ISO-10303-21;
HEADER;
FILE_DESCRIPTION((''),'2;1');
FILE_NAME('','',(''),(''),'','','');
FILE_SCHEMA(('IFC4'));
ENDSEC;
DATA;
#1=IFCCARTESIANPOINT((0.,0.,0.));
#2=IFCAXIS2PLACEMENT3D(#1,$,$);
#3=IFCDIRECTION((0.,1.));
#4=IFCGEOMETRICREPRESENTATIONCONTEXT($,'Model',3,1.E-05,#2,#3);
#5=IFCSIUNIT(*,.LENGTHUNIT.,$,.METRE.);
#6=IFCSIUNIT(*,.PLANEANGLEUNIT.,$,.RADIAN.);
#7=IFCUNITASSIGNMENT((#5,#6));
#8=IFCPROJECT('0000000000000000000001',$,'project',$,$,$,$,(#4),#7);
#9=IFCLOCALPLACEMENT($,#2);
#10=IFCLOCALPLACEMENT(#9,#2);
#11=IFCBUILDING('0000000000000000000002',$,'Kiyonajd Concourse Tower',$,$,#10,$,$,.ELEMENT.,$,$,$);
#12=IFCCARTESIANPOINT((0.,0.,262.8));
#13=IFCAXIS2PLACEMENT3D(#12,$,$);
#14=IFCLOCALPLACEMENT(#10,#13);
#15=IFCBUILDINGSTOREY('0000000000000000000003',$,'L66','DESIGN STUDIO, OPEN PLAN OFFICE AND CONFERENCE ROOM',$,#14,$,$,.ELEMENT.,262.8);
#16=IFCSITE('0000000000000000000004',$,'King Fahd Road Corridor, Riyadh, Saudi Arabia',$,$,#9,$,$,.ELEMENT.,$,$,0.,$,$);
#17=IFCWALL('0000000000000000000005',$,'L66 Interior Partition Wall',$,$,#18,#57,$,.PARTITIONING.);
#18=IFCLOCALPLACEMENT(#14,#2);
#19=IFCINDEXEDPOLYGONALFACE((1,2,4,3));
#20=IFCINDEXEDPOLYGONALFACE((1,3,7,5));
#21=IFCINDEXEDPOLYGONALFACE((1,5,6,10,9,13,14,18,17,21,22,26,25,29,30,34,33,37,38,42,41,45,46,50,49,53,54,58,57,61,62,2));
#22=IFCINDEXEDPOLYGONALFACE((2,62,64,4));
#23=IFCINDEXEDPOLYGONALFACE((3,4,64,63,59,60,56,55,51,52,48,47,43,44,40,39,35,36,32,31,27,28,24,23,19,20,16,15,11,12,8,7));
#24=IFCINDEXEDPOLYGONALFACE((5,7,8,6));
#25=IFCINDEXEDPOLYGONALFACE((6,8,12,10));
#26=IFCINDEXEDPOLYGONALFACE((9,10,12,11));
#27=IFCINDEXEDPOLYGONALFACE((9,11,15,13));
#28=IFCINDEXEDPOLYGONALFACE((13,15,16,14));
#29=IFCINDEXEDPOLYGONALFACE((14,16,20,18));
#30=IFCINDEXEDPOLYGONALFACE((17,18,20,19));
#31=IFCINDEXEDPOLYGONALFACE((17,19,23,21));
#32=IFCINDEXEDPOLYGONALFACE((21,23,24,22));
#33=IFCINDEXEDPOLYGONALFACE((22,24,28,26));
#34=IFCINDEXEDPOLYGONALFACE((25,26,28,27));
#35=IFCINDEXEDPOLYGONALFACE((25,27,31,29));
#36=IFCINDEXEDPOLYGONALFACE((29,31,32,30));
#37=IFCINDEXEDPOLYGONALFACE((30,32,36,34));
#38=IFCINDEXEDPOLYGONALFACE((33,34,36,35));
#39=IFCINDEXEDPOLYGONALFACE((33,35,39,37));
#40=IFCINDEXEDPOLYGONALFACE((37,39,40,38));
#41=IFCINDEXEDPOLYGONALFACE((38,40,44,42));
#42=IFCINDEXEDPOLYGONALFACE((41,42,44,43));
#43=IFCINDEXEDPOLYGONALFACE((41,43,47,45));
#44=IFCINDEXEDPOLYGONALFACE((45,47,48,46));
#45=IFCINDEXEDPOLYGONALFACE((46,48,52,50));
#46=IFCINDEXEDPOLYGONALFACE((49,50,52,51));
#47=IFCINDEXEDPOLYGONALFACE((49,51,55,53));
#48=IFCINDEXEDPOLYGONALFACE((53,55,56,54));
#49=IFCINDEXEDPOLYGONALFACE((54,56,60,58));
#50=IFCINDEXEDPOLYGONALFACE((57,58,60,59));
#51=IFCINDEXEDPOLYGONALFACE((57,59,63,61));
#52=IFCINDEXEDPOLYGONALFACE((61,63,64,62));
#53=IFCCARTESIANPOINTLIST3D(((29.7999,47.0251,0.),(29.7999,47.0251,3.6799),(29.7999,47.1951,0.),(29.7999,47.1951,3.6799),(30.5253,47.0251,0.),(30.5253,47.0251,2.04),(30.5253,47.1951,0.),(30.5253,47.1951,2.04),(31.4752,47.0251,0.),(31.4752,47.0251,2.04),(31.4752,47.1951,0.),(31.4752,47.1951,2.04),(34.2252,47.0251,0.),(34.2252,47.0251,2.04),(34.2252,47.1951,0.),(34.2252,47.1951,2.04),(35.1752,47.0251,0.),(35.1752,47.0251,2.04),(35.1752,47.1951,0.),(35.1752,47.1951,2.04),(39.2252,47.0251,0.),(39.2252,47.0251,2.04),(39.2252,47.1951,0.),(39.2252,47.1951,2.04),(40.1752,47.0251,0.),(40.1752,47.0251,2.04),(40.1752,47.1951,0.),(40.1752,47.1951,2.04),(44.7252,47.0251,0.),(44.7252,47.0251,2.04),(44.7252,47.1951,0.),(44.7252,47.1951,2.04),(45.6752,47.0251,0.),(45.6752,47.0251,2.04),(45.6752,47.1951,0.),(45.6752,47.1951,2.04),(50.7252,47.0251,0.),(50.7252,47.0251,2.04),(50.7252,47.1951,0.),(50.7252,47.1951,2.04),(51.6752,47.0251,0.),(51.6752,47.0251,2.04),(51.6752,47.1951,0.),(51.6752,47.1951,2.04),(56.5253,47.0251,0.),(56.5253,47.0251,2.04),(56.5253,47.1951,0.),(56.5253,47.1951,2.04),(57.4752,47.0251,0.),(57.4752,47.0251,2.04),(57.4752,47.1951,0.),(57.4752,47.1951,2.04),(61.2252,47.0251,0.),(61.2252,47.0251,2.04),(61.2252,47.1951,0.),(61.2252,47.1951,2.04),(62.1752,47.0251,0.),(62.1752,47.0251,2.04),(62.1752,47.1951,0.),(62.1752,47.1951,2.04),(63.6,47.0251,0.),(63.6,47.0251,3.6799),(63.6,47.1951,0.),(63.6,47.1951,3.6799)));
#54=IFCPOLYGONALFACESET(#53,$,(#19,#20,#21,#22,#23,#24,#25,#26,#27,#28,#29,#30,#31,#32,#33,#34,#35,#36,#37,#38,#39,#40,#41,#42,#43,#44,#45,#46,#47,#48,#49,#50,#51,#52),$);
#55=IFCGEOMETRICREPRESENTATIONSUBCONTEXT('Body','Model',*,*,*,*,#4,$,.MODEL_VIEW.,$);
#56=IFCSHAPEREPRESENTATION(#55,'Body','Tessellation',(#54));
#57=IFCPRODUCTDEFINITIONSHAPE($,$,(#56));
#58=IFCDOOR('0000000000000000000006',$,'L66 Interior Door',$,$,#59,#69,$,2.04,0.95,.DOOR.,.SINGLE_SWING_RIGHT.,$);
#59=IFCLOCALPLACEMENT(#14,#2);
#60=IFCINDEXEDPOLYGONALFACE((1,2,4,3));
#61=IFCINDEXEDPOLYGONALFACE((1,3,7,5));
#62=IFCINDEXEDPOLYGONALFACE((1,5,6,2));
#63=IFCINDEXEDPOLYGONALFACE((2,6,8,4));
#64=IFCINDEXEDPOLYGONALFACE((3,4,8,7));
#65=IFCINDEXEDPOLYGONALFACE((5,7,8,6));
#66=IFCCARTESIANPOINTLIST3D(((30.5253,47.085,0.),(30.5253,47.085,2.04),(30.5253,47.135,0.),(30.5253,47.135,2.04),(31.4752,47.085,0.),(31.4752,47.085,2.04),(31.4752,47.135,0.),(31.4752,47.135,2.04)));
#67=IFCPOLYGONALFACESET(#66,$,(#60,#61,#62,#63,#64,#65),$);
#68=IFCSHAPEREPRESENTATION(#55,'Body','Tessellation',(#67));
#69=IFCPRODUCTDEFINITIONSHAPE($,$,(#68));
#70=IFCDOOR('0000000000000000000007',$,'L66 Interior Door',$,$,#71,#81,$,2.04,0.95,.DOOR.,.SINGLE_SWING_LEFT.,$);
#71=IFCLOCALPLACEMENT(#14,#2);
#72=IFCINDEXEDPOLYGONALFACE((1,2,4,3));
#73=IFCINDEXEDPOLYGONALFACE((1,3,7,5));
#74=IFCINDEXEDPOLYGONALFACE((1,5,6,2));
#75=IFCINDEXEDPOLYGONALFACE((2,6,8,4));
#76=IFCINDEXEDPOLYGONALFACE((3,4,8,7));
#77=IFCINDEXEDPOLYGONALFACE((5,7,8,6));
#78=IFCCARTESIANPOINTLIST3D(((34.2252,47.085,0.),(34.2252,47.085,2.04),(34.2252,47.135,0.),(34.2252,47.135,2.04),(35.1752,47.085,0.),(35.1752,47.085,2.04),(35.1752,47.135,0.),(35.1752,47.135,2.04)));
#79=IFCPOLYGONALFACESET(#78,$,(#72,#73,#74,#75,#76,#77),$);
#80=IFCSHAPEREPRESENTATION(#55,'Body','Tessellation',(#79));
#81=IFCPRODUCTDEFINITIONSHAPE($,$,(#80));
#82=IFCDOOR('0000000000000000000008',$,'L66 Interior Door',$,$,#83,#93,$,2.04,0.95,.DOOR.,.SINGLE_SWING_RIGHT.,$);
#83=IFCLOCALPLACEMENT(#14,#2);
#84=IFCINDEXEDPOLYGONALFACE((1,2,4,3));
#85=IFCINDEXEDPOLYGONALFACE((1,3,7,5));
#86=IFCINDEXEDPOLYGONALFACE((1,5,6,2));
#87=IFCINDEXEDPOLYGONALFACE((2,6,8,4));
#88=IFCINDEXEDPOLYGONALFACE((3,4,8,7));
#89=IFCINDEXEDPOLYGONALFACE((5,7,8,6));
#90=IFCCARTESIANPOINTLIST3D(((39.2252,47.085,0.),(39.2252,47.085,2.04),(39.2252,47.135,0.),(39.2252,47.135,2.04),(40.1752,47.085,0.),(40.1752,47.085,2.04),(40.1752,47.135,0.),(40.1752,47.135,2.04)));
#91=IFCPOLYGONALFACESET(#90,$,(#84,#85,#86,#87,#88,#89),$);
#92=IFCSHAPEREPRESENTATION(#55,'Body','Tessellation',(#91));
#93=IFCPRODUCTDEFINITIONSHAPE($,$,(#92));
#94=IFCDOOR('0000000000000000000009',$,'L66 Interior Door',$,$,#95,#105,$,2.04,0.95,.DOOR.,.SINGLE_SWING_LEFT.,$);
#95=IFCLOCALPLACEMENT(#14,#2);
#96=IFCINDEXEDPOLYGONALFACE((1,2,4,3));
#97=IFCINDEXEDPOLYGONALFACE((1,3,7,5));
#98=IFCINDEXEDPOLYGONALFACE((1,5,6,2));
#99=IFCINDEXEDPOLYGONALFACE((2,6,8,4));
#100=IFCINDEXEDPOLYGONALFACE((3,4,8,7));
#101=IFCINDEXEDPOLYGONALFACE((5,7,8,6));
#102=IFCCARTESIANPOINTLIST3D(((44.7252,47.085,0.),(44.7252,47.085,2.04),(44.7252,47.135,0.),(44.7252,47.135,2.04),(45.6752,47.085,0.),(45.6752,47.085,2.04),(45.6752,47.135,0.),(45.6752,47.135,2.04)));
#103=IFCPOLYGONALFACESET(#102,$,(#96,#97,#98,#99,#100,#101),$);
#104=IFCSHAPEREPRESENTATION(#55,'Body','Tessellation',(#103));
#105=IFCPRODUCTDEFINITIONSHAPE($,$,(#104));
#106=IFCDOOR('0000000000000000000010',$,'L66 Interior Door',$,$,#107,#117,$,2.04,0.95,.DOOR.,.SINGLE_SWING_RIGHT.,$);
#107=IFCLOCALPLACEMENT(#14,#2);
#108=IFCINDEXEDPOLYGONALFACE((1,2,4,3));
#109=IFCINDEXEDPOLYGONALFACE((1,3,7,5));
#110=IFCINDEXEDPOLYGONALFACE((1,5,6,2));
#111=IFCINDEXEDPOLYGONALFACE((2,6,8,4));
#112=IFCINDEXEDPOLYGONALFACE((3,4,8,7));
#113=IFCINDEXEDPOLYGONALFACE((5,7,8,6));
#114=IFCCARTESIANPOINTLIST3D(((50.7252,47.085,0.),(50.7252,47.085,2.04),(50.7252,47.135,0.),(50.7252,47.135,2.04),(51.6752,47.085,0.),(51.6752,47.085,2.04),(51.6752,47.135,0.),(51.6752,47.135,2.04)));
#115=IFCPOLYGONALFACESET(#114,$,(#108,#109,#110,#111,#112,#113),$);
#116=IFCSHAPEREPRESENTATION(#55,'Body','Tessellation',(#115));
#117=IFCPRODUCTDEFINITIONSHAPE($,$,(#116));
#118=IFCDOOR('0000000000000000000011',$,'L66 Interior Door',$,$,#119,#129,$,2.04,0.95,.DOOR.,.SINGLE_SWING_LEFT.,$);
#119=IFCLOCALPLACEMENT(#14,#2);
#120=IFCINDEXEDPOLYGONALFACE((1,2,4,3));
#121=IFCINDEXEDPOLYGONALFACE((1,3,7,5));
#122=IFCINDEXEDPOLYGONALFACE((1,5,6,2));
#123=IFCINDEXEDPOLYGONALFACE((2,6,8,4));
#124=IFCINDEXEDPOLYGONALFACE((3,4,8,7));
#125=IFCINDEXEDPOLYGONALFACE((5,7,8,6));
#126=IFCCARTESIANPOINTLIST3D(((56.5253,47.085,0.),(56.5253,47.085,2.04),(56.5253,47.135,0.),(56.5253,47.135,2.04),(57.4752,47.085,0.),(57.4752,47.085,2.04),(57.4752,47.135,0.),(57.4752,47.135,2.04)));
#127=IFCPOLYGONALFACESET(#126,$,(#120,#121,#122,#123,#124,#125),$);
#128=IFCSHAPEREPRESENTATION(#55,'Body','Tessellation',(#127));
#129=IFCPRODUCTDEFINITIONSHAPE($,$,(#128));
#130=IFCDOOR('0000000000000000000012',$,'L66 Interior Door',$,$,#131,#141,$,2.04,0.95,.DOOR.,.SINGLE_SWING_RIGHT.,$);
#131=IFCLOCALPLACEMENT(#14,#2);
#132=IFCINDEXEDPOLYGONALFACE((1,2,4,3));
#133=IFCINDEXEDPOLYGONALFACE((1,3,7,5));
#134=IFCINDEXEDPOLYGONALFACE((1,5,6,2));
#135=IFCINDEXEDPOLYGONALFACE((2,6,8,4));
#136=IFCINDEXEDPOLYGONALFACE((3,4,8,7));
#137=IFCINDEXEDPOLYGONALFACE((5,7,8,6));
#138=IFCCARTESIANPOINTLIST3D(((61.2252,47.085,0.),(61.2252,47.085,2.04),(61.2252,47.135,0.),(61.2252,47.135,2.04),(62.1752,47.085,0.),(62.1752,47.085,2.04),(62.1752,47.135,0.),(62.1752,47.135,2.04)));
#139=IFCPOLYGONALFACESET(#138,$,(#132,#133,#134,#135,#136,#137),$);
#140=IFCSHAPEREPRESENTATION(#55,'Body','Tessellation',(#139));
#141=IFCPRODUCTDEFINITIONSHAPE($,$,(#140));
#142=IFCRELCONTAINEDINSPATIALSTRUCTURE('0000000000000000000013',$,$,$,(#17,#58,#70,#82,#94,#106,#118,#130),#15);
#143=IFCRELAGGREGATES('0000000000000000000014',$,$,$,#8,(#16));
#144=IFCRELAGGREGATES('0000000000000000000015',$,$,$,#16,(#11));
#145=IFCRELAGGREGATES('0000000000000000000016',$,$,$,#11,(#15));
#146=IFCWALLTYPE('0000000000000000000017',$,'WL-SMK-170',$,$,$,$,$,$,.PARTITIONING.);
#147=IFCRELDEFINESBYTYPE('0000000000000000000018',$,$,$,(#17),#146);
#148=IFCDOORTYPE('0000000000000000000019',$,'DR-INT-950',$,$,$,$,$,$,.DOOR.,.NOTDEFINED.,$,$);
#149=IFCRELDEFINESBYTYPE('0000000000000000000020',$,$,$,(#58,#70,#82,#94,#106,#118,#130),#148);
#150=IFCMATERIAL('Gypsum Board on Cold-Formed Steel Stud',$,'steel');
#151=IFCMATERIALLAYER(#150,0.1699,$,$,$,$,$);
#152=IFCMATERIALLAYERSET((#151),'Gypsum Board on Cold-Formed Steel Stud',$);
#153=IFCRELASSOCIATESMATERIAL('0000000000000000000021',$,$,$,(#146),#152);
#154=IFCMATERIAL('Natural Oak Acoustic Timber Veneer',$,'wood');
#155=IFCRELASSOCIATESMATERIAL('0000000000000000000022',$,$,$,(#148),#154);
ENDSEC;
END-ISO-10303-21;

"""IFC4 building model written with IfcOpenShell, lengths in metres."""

from ifc_helpers import new_model, si_unit, direction, frame, frame_2d, origin, place, context, subcontext, project, spatial, rectangle, extrude, material, layer, layer_set, type_object, element, fill, save


model = new_model("IFC4")

# Units and contexts
model_context = context("Model", 3, precision=1e-05, world=origin(), true_north=direction((0.0, 1.0)))
body_context = subcontext(model_context, "Body", "Model", "MODEL_VIEW")
ifc_project = project(units=[si_unit("LENGTHUNIT", "METRE"), si_unit("PLANEANGLEUNIT", "RADIAN")], contexts=[model_context])

# Site, building, storey
site_placement = place(None, origin())
site = spatial("IfcSite", under=ifc_project, at=site_placement, Name="King Fahd Road Corridor, Riyadh, Saudi Arabia", CompositionType="ELEMENT", RefElevation=0.0)
building_placement = place(site_placement, origin())
building = spatial("IfcBuilding", under=site, at=building_placement, Name="Kiyonajd Concourse Tower", CompositionType="ELEMENT")
storey_placement = place(building_placement, frame((0.0, 0.0, 262.8)))
storey = spatial("IfcBuildingStorey", under=building, at=storey_placement, Name="L66", Description="DESIGN STUDIO, OPEN PLAN OFFICE AND CONFERENCE ROOM", CompositionType="ELEMENT", Elevation=262.8)

# Shared definitions
ifc_material_1 = material(Name="Gypsum Board on Cold-Formed Steel Stud", Category="steel")

# Wall, openings, doors
ifc_layer_1 = layer(ifc_material_1, 0.1699)
ifc_layer_set_1 = layer_set([ifc_layer_1], Name="Gypsum Board on Cold-Formed Steel Stud")
wall_type_1 = type_object("IfcWallType", Name="WL-SMK-170", PredefinedType="PARTITIONING", material=ifc_layer_set_1)
wall_1_placement = place(storey_placement, frame((29.8, 47.1101, 0.0), z_axis=(0.0, 0.0, 1.0), x_axis=(1.0, 0.0, 0.0)))
wall_1 = element("IfcWall", 1, at=wall_1_placement, inside=storey, type_object=wall_type_1, Name="L66 Interior Partition Wall", PredefinedType="PARTITIONING", context=body_context, shape_type="SweptSolid", body=[
    extrude(rectangle(XDim=33.8, YDim=0.1699, at=frame_2d((16.8999, 0.0))), origin(), (0.0, 0.0, 1.0), 3.6799),
])
opening_1_placement = place(wall_1_placement, frame((0.7251, 0.0, 0.0)))
opening_1 = element("IfcOpeningElement", 2, at=opening_1_placement, cuts=wall_1, PredefinedType="OPENING", context=body_context, shape_type="SweptSolid", body=[
    extrude(rectangle(XDim=0.95, YDim=2.04, at=frame_2d((0.4751, 1.02))), frame((0.0, 0.095, 0.0), z_axis=(0.0, -1.0, 0.0), x_axis=(1.0, 0.0, 0.0)), (0.0, 0.0, 1.0), 0.1899),
])
opening_2_placement = place(wall_1_placement, frame((4.425, 0.0, 0.0)))
opening_2 = element("IfcOpeningElement", 3, at=opening_2_placement, cuts=wall_1, PredefinedType="OPENING", context=body_context, shape_type="SweptSolid", body=[
    extrude(rectangle(XDim=0.95, YDim=2.04, at=frame_2d((0.4751, 1.02))), frame((0.0, 0.095, 0.0), z_axis=(0.0, -1.0, 0.0), x_axis=(1.0, 0.0, 0.0)), (0.0, 0.0, 1.0), 0.1899),
])
opening_3_placement = place(wall_1_placement, frame((9.425, 0.0, 0.0)))
opening_3 = element("IfcOpeningElement", 4, at=opening_3_placement, cuts=wall_1, PredefinedType="OPENING", context=body_context, shape_type="SweptSolid", body=[
    extrude(rectangle(XDim=0.95, YDim=2.04, at=frame_2d((0.4751, 1.02))), frame((0.0, 0.095, 0.0), z_axis=(0.0, -1.0, 0.0), x_axis=(1.0, 0.0, 0.0)), (0.0, 0.0, 1.0), 0.1899),
])
opening_4_placement = place(wall_1_placement, frame((14.925, 0.0, 0.0)))
opening_4 = element("IfcOpeningElement", 5, at=opening_4_placement, cuts=wall_1, PredefinedType="OPENING", context=body_context, shape_type="SweptSolid", body=[
    extrude(rectangle(XDim=0.95, YDim=2.04, at=frame_2d((0.4751, 1.02))), frame((0.0, 0.095, 0.0), z_axis=(0.0, -1.0, 0.0), x_axis=(1.0, 0.0, 0.0)), (0.0, 0.0, 1.0), 0.1899),
])
opening_5_placement = place(wall_1_placement, frame((20.925, 0.0, 0.0)))
opening_5 = element("IfcOpeningElement", 6, at=opening_5_placement, cuts=wall_1, PredefinedType="OPENING", context=body_context, shape_type="SweptSolid", body=[
    extrude(rectangle(XDim=0.95, YDim=2.04, at=frame_2d((0.4751, 1.02))), frame((0.0, 0.095, 0.0), z_axis=(0.0, -1.0, 0.0), x_axis=(1.0, 0.0, 0.0)), (0.0, 0.0, 1.0), 0.1899),
])
opening_6_placement = place(wall_1_placement, frame((26.7251, 0.0, 0.0)))
opening_6 = element("IfcOpeningElement", 7, at=opening_6_placement, cuts=wall_1, PredefinedType="OPENING", context=body_context, shape_type="SweptSolid", body=[
    extrude(rectangle(XDim=0.95, YDim=2.04, at=frame_2d((0.4751, 1.02))), frame((0.0, 0.095, 0.0), z_axis=(0.0, -1.0, 0.0), x_axis=(1.0, 0.0, 0.0)), (0.0, 0.0, 1.0), 0.1899),
])
opening_7_placement = place(wall_1_placement, frame((31.425, 0.0, 0.0)))
opening_7 = element("IfcOpeningElement", 8, at=opening_7_placement, cuts=wall_1, PredefinedType="OPENING", context=body_context, shape_type="SweptSolid", body=[
    extrude(rectangle(XDim=0.95, YDim=2.04, at=frame_2d((0.4751, 1.02))), frame((0.0, 0.095, 0.0), z_axis=(0.0, -1.0, 0.0), x_axis=(1.0, 0.0, 0.0)), (0.0, 0.0, 1.0), 0.1899),
])
ifc_material_2 = material(Name="Natural Oak Acoustic Timber Veneer", Category="wood")
door_type = type_object("IfcDoorType", Name="DR-INT-950", OperationType="NOTDEFINED", PredefinedType="DOOR", material=ifc_material_2)
door_1_placement = place(opening_1_placement, origin())
door_1 = element("IfcDoor", 9, at=door_1_placement, inside=storey, type_object=door_type, Name="L66 Interior Door", OperationType="SINGLE_SWING_RIGHT", OverallHeight=2.04, OverallWidth=0.95, PredefinedType="DOOR", context=body_context, shape_type="SweptSolid", body=[
    extrude(rectangle(XDim=0.95, YDim=2.04, at=frame_2d((0.4751, 1.02))), frame((0.0, 0.0249, 0.0), z_axis=(0.0, -1.0, 0.0), x_axis=(1.0, 0.0, 0.0)), (0.0, 0.0, 1.0), 0.05),
])
fill(opening_1, door_1)
door_2_placement = place(opening_2_placement, origin())
door_2 = element("IfcDoor", 10, at=door_2_placement, inside=storey, type_object=door_type, Name="L66 Interior Door", OperationType="SINGLE_SWING_LEFT", OverallHeight=2.04, OverallWidth=0.95, PredefinedType="DOOR", context=body_context, shape_type="SweptSolid", body=[
    extrude(rectangle(XDim=0.95, YDim=2.04, at=frame_2d((0.4751, 1.02))), frame((0.0, 0.0249, 0.0), z_axis=(0.0, -1.0, 0.0), x_axis=(1.0, 0.0, 0.0)), (0.0, 0.0, 1.0), 0.05),
])
fill(opening_2, door_2)
door_3_placement = place(opening_3_placement, origin())
door_3 = element("IfcDoor", 11, at=door_3_placement, inside=storey, type_object=door_type, Name="L66 Interior Door", OperationType="SINGLE_SWING_RIGHT", OverallHeight=2.04, OverallWidth=0.95, PredefinedType="DOOR", context=body_context, shape_type="SweptSolid", body=[
    extrude(rectangle(XDim=0.95, YDim=2.04, at=frame_2d((0.4751, 1.02))), frame((0.0, 0.0249, 0.0), z_axis=(0.0, -1.0, 0.0), x_axis=(1.0, 0.0, 0.0)), (0.0, 0.0, 1.0), 0.05),
])
fill(opening_3, door_3)
door_4_placement = place(opening_4_placement, origin())
door_4 = element("IfcDoor", 12, at=door_4_placement, inside=storey, type_object=door_type, Name="L66 Interior Door", OperationType="SINGLE_SWING_LEFT", OverallHeight=2.04, OverallWidth=0.95, PredefinedType="DOOR", context=body_context, shape_type="SweptSolid", body=[
    extrude(rectangle(XDim=0.95, YDim=2.04, at=frame_2d((0.4751, 1.02))), frame((0.0, 0.0249, 0.0), z_axis=(0.0, -1.0, 0.0), x_axis=(1.0, 0.0, 0.0)), (0.0, 0.0, 1.0), 0.05),
])
fill(opening_4, door_4)
door_5_placement = place(opening_5_placement, origin())
door_5 = element("IfcDoor", 13, at=door_5_placement, inside=storey, type_object=door_type, Name="L66 Interior Door", OperationType="SINGLE_SWING_RIGHT", OverallHeight=2.04, OverallWidth=0.95, PredefinedType="DOOR", context=body_context, shape_type="SweptSolid", body=[
    extrude(rectangle(XDim=0.95, YDim=2.04, at=frame_2d((0.4751, 1.02))), frame((0.0, 0.0249, 0.0), z_axis=(0.0, -1.0, 0.0), x_axis=(1.0, 0.0, 0.0)), (0.0, 0.0, 1.0), 0.05),
])
fill(opening_5, door_5)
door_6_placement = place(opening_6_placement, origin())
door_6 = element("IfcDoor", 14, at=door_6_placement, inside=storey, type_object=door_type, Name="L66 Interior Door", OperationType="SINGLE_SWING_LEFT", OverallHeight=2.04, OverallWidth=0.95, PredefinedType="DOOR", context=body_context, shape_type="SweptSolid", body=[
    extrude(rectangle(XDim=0.95, YDim=2.04, at=frame_2d((0.4751, 1.02))), frame((0.0, 0.0249, 0.0), z_axis=(0.0, -1.0, 0.0), x_axis=(1.0, 0.0, 0.0)), (0.0, 0.0, 1.0), 0.05),
])
fill(opening_6, door_6)
door_7_placement = place(opening_7_placement, origin())
door_7 = element("IfcDoor", 15, at=door_7_placement, inside=storey, type_object=door_type, Name="L66 Interior Door", OperationType="SINGLE_SWING_RIGHT", OverallHeight=2.04, OverallWidth=0.95, PredefinedType="DOOR", context=body_context, shape_type="SweptSolid", body=[
    extrude(rectangle(XDim=0.95, YDim=2.04, at=frame_2d((0.4751, 1.02))), frame((0.0, 0.0249, 0.0), z_axis=(0.0, -1.0, 0.0), x_axis=(1.0, 0.0, 0.0)), (0.0, 0.0, 1.0), 0.05),
])
fill(opening_7, door_7)

save(model, "model.ifc")
